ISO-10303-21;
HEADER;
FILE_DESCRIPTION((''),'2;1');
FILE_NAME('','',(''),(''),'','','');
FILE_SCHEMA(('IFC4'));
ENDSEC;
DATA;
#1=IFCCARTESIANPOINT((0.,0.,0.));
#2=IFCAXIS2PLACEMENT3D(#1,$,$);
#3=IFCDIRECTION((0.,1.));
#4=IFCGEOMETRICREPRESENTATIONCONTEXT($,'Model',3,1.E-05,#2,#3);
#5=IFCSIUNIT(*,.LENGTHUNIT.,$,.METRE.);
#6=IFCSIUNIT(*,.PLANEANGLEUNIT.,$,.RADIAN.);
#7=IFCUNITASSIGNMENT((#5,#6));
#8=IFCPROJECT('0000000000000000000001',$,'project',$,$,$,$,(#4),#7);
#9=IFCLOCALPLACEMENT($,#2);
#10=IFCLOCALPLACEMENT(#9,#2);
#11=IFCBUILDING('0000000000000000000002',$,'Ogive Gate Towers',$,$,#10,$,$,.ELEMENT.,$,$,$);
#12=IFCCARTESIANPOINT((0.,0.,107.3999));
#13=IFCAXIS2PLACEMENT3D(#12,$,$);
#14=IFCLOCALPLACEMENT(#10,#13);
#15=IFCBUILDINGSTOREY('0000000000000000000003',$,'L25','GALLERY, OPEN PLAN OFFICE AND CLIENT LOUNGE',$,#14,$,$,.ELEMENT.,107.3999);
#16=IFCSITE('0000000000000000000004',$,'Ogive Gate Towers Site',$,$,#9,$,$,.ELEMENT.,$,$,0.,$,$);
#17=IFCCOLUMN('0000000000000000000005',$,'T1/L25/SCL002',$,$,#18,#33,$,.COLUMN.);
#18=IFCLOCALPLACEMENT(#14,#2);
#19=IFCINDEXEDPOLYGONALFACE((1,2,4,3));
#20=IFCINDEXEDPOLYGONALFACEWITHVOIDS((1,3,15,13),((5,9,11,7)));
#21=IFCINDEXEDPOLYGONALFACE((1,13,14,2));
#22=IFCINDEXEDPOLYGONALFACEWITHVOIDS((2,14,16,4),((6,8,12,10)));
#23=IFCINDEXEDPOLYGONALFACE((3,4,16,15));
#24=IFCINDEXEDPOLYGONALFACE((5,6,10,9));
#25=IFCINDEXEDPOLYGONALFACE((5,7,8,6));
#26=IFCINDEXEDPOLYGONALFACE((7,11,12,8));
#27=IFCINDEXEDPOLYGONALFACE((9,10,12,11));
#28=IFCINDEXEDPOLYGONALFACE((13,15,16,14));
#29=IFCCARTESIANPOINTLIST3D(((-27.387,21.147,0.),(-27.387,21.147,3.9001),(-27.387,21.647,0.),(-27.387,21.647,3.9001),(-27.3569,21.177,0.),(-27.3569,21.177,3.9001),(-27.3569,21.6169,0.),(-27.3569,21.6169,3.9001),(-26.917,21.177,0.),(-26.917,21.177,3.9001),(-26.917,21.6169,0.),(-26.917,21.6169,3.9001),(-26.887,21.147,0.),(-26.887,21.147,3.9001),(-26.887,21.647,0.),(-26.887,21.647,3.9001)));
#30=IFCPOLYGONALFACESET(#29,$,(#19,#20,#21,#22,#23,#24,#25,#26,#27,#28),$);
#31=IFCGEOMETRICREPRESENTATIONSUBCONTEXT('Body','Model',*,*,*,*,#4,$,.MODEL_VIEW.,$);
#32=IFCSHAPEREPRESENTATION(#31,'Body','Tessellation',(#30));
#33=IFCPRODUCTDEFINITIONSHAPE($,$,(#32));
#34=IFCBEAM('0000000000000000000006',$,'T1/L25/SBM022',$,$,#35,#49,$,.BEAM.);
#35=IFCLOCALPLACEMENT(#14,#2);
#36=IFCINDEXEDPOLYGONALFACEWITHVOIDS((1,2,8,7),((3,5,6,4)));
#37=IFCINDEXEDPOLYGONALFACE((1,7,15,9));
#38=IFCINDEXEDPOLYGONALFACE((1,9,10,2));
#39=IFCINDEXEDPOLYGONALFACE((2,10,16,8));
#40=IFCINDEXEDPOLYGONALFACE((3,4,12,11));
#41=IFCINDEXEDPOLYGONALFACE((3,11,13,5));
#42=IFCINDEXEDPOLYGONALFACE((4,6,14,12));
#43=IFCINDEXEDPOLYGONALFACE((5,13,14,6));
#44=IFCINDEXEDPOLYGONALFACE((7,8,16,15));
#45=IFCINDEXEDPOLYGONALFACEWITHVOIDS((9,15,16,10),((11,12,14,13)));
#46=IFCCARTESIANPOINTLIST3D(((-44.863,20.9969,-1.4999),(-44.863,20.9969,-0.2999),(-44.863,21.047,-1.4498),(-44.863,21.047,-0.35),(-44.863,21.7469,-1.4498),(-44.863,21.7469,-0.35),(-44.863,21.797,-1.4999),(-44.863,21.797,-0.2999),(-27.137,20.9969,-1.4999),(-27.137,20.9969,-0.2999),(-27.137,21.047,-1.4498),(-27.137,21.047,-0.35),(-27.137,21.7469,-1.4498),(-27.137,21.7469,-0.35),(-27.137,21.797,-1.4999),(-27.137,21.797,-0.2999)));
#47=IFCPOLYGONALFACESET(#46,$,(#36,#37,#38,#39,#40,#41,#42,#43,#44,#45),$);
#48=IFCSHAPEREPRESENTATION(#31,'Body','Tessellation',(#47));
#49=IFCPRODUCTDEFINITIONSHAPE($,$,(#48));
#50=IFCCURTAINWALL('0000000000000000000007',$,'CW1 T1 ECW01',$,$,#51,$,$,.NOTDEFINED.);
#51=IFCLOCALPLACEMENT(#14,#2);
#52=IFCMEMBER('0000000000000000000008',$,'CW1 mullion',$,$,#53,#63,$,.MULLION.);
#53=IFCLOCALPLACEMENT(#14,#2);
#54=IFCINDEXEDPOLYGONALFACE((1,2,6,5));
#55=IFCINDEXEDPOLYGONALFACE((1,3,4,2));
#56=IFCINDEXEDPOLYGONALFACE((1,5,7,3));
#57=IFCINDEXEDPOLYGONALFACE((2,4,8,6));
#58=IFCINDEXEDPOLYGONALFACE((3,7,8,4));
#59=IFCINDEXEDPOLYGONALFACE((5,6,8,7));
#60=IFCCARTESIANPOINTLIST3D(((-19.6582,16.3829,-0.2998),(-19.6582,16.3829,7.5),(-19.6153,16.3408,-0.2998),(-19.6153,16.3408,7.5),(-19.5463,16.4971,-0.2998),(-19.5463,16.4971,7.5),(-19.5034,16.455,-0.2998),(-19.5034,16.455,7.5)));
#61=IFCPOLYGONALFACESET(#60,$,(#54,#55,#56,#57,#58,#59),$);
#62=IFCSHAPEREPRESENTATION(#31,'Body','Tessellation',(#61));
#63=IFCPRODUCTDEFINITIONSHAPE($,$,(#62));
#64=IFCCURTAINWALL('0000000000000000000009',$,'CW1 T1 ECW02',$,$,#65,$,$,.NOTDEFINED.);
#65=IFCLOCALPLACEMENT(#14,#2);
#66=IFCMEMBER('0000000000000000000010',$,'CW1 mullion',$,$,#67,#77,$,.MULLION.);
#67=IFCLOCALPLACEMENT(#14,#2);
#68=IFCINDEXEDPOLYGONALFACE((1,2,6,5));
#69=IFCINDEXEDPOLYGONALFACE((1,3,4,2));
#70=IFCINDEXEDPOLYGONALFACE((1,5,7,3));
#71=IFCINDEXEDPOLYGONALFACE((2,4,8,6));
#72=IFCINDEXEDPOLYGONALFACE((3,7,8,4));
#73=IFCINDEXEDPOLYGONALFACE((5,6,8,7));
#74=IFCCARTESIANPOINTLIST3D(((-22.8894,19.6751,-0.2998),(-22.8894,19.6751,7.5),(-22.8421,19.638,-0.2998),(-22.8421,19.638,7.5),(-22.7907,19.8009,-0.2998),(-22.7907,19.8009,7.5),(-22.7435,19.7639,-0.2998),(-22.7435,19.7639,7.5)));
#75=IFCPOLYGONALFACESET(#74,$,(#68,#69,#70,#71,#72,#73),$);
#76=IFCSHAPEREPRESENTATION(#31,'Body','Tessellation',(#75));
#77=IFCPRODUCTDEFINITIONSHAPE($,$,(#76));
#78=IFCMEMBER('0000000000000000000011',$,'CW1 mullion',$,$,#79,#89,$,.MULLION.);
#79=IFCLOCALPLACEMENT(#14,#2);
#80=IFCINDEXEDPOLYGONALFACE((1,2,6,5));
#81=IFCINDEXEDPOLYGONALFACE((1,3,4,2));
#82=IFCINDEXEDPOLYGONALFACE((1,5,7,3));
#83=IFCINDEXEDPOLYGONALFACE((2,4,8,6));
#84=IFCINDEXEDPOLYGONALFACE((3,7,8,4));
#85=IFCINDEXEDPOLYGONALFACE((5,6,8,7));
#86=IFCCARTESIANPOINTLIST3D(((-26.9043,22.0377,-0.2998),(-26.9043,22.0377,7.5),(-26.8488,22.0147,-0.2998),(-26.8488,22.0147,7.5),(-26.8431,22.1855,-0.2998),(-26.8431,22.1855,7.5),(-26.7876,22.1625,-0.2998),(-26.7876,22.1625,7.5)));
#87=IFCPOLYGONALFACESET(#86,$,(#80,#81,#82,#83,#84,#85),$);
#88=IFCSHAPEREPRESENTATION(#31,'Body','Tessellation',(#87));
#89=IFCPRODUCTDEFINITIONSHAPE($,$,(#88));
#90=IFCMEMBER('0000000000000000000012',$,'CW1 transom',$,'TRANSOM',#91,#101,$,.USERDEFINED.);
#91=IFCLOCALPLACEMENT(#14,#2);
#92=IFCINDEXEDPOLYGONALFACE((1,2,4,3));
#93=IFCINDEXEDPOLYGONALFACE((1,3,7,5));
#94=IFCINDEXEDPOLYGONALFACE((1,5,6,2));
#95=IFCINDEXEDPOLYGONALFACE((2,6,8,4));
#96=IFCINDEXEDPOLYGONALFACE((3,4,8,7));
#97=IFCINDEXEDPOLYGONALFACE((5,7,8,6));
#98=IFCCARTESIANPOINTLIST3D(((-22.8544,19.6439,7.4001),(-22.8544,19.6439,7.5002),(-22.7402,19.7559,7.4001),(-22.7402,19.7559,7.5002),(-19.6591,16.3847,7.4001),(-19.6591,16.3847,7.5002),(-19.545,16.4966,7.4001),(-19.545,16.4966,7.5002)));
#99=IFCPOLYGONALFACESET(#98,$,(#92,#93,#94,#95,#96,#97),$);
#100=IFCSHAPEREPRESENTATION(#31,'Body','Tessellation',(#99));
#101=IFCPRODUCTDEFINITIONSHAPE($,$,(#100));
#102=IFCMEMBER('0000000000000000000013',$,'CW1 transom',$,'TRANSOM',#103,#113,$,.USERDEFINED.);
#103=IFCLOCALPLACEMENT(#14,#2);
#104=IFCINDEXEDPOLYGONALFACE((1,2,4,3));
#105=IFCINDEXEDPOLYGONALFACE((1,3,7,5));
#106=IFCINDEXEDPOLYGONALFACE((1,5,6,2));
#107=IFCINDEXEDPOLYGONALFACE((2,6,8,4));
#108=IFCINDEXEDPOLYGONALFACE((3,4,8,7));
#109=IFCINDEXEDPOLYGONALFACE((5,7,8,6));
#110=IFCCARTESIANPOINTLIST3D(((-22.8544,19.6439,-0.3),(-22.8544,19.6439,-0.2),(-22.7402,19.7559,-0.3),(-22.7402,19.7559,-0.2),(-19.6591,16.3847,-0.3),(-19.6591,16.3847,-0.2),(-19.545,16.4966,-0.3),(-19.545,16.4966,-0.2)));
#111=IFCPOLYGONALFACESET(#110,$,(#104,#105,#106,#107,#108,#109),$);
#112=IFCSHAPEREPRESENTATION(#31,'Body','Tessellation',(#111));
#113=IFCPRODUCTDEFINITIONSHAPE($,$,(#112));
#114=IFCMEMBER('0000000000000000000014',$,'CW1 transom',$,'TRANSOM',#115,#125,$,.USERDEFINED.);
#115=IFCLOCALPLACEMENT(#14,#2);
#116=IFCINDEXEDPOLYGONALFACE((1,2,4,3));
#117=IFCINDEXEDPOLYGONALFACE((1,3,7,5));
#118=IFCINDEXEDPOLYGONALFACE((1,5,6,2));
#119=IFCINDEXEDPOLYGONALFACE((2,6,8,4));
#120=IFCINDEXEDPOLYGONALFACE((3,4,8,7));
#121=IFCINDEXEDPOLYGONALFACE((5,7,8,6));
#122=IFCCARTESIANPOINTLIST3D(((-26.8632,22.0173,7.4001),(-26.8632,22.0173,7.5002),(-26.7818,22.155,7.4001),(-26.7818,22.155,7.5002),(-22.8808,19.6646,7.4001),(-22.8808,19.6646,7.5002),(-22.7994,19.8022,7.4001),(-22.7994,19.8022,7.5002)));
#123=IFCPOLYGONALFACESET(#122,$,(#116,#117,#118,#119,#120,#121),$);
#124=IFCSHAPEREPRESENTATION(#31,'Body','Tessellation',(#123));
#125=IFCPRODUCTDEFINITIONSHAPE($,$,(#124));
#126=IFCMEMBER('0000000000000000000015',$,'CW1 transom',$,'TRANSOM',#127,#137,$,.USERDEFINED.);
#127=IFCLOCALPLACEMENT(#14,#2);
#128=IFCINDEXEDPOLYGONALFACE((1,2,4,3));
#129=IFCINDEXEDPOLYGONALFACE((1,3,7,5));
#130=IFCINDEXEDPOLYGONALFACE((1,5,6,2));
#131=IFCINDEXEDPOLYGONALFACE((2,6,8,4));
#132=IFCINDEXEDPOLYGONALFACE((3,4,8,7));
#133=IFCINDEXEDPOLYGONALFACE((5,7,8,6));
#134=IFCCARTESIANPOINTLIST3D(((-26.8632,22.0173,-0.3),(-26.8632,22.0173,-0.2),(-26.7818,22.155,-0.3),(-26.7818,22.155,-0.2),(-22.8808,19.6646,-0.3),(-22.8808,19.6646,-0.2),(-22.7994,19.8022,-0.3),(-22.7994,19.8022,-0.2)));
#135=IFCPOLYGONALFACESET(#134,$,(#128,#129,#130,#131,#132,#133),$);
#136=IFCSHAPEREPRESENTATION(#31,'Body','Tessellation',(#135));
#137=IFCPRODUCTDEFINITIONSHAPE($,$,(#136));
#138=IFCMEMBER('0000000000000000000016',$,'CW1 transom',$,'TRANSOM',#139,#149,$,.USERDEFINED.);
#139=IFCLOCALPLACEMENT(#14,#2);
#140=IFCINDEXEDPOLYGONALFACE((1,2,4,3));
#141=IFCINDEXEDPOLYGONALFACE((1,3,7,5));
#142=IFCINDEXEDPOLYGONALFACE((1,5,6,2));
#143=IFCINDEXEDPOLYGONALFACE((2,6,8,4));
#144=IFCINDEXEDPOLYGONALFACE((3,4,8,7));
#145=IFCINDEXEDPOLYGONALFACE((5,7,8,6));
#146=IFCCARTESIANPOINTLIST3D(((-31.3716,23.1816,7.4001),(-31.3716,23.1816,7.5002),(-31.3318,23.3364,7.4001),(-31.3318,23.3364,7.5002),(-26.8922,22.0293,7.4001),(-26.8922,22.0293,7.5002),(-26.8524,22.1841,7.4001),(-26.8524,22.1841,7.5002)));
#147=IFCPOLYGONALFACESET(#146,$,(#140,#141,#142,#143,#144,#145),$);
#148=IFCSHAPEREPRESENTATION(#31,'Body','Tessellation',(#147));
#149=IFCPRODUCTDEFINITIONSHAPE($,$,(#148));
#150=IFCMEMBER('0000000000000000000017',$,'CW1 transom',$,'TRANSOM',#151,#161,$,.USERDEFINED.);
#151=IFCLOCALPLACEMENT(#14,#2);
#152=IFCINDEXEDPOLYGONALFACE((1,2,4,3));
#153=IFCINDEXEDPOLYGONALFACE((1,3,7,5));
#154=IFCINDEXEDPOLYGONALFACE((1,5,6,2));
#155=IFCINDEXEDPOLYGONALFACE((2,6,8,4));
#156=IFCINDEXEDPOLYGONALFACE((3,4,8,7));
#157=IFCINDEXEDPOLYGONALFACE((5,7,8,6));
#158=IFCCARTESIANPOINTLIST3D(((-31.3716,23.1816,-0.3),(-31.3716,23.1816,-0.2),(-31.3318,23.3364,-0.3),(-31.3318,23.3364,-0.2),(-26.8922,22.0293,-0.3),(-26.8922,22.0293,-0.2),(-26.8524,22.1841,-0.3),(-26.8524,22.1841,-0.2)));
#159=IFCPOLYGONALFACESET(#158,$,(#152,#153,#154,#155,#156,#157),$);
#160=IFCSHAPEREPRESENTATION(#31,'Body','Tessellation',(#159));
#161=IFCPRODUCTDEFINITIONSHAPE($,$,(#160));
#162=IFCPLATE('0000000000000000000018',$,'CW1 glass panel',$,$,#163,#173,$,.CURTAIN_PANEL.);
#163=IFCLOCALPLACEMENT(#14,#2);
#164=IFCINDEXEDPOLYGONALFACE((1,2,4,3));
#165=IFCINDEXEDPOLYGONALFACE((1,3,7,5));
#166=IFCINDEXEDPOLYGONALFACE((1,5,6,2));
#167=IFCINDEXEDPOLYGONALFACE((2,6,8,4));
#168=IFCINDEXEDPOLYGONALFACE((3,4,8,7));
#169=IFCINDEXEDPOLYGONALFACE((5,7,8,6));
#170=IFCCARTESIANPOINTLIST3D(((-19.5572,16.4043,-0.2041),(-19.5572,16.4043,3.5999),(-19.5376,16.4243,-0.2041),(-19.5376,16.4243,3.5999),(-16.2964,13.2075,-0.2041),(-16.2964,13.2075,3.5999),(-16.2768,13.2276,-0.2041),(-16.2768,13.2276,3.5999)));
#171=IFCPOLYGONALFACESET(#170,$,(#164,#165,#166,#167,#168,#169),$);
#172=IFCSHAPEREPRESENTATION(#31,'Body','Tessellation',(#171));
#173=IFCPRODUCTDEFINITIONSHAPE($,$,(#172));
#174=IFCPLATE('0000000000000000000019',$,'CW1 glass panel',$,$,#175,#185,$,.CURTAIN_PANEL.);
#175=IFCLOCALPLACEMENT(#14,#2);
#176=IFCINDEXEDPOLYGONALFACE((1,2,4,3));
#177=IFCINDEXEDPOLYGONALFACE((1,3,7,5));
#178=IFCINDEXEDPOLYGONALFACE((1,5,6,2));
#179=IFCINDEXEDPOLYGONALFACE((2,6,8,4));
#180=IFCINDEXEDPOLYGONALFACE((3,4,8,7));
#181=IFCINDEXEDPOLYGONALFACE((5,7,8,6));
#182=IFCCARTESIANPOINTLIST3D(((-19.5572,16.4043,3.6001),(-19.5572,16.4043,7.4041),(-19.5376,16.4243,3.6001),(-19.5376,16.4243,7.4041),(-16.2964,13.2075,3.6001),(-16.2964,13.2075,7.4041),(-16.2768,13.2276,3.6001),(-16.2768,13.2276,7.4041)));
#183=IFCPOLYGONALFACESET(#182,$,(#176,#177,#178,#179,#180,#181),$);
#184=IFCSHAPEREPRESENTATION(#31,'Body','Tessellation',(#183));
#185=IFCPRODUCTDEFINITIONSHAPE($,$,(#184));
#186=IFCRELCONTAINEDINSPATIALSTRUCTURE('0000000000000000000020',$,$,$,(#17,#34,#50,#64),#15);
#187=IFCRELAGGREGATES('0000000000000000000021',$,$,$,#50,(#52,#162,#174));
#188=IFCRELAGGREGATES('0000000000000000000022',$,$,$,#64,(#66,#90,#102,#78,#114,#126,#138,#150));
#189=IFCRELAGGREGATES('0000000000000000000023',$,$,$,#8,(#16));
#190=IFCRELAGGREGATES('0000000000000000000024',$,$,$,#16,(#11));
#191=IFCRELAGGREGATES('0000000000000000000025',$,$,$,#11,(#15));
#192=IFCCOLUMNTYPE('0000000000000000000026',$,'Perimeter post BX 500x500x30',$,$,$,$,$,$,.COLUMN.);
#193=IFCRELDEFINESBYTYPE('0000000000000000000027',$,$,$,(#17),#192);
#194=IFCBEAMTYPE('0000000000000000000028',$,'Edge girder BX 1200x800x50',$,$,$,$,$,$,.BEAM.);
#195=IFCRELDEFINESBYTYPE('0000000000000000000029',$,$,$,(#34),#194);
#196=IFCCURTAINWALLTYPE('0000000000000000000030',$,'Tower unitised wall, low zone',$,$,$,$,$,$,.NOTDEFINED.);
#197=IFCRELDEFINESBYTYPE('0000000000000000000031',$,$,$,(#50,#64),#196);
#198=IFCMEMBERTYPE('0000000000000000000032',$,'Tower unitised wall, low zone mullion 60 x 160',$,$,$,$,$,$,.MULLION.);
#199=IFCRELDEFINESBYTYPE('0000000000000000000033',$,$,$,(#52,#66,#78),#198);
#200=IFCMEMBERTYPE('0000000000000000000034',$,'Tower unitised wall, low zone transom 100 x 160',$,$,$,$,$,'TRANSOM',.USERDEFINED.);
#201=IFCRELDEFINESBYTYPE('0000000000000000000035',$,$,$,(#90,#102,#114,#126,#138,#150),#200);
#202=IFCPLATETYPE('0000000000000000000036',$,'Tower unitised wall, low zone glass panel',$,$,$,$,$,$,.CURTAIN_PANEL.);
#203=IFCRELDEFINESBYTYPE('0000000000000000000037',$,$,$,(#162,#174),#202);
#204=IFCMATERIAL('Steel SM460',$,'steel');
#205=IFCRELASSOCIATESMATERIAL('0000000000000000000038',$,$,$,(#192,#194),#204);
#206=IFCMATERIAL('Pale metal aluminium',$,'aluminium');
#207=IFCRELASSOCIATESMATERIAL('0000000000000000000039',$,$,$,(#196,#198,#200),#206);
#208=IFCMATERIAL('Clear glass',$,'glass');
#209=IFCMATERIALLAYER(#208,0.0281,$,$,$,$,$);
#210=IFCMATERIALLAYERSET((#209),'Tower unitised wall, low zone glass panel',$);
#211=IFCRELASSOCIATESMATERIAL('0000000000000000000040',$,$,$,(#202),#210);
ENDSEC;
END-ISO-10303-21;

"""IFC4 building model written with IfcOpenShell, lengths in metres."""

from ifc_helpers import new_model, si_unit, direction, frame, origin, origin_2d, place, context, subcontext, project, spatial, rectangle, hollow_rectangle, extrude, material, layer, layer_set, material_profile, profile_set, type_object, element, aggregate, save


model = new_model("IFC4")

# Units and contexts
model_context = context("Model", 3, precision=1e-05, world=origin(), true_north=direction((0.0, 1.0)))
body_context = subcontext(model_context, "Body", "Model", "MODEL_VIEW")
ifc_project = project(units=[si_unit("LENGTHUNIT", "METRE"), si_unit("PLANEANGLEUNIT", "RADIAN")], contexts=[model_context])

# Site, building, storey
site_placement = place(None, origin())
site = spatial("IfcSite", under=ifc_project, at=site_placement, Name="Ogive Gate Towers Site", CompositionType="ELEMENT", RefElevation=0.0)
building_placement = place(site_placement, origin())
building = spatial("IfcBuilding", under=site, at=building_placement, Name="Ogive Gate Towers", CompositionType="ELEMENT")
storey_placement = place(building_placement, frame((0.0, 0.0, 107.3999)))
storey = spatial("IfcBuildingStorey", under=building, at=storey_placement, Name="L25", Description="GALLERY, OPEN PLAN OFFICE AND CLIENT LOUNGE", CompositionType="ELEMENT", Elevation=107.3999)

# Column
ifc_material_1 = material(Name="Steel SM460", Category="steel")
ifc_material_profile_1 = material_profile(ifc_material_1, hollow_rectangle(XDim=0.5, YDim=0.5, WallThickness=0.03, at=origin_2d()), Name="BX 500x500x30")
ifc_profile_set_1 = profile_set([ifc_material_profile_1], Name="Steel SM460")
column_type = type_object("IfcColumnType", Name="Perimeter post BX 500x500x30", PredefinedType="COLUMN", material=ifc_profile_set_1)
column_placement = place(storey_placement, frame((-27.137, 21.397, 0.0), z_axis=(0.0, 0.0, 1.0), x_axis=(1.0, 0.0, 0.0)))
element("IfcColumn", 1, at=column_placement, inside=storey, type_object=column_type, Name="T1/L25/SCL002", PredefinedType="COLUMN", context=body_context, shape_type="SweptSolid", body=[
    extrude(hollow_rectangle(XDim=0.5, YDim=0.5, WallThickness=0.03, at=origin_2d()), origin(), (0.0, 0.0, 1.0), 3.9001),
])

# Beam
ifc_material_profile_2 = material_profile(ifc_material_1, hollow_rectangle(XDim=0.8, YDim=1.2, WallThickness=0.05, at=origin_2d()), Name="BX 1200x800x50")
ifc_profile_set_2 = profile_set([ifc_material_profile_2], Name="Steel SM460")
beam_type = type_object("IfcBeamType", Name="Edge girder BX 1200x800x50", PredefinedType="BEAM", material=ifc_profile_set_2)
beam_placement = place(storey_placement, frame((-27.137, 21.397, -0.8999), z_axis=(-1.0, 0.0, 0.0), x_axis=(0.0, -1.0, 0.0)))
element("IfcBeam", 2, at=beam_placement, inside=storey, type_object=beam_type, Name="T1/L25/SBM022", PredefinedType="BEAM", context=body_context, shape_type="SweptSolid", body=[
    extrude(hollow_rectangle(XDim=0.8, YDim=1.2, WallThickness=0.05, at=origin_2d()), origin(), (0.0, 0.0, 1.0), 17.7261),
])

# Curtain wall, member
ifc_material_2 = material(Name="Pale metal aluminium", Category="aluminium")
curtain_wall_type = type_object("IfcCurtainWallType", Name="Tower unitised wall, low zone", PredefinedType="NOTDEFINED", material=ifc_material_2)
curtain_wall_1_placement = place(storey_placement, origin())
curtain_wall_1 = element("IfcCurtainWall", 3, at=curtain_wall_1_placement, inside=storey, type_object=curtain_wall_type, Name="CW1 T1 ECW01", PredefinedType="NOTDEFINED")
ifc_material_profile_3 = material_profile(ifc_material_2, rectangle(XDim=0.1599, YDim=0.0601, at=origin_2d()), Name="60 x 160 aluminium box")
ifc_profile_set_3 = profile_set([ifc_material_profile_3], Name="Pale metal aluminium")
member_type_1 = type_object("IfcMemberType", Name="Tower unitised wall, low zone mullion 60 x 160", PredefinedType="MULLION", material=ifc_profile_set_3)
member_1_placement = place(storey_placement, frame((-19.5808, 16.4189, -0.2998), z_axis=(0.0, 0.0, 1.0), x_axis=(0.700062, 0.714082, 0.0)))
member_1 = element("IfcMember", 4, at=member_1_placement, type_object=member_type_1, Name="CW1 mullion", PredefinedType="MULLION", context=body_context, shape_type="SweptSolid", body=[
    extrude(rectangle(XDim=0.1599, YDim=0.0601, at=origin_2d()), origin(), (0.0, 0.0, 1.0), 7.7998),
])

# Curtain wall, members
curtain_wall_2_placement = place(storey_placement, origin())
curtain_wall_2 = element("IfcCurtainWall", 5, at=curtain_wall_2_placement, inside=storey, type_object=curtain_wall_type, Name="CW1 T1 ECW02", PredefinedType="NOTDEFINED")
member_2_placement = place(storey_placement, frame((-22.8164, 19.7195, -0.2998), z_axis=(0.0, 0.0, 1.0), x_axis=(0.616637, 0.787247, 0.0)))
member_2 = element("IfcMember", 6, at=member_2_placement, type_object=member_type_1, Name="CW1 mullion", PredefinedType="MULLION", context=body_context, shape_type="SweptSolid", body=[
    extrude(rectangle(XDim=0.1599, YDim=0.0601, at=origin_2d()), origin(), (0.0, 0.0, 1.0), 7.7998),
])
member_3_placement = place(storey_placement, frame((-26.8459, 22.1001, -0.2998), z_axis=(0.0, 0.0, 1.0), x_axis=(0.382683, 0.92388, 0.0)))
member_3 = element("IfcMember", 7, at=member_3_placement, type_object=member_type_1, Name="CW1 mullion", PredefinedType="MULLION", context=body_context, shape_type="SweptSolid", body=[
    extrude(rectangle(XDim=0.1599, YDim=0.0601, at=origin_2d()), origin(), (0.0, 0.0, 1.0), 7.7998),
])
ifc_material_profile_4 = material_profile(ifc_material_2, rectangle(XDim=0.1599, YDim=0.1001, at=origin_2d()), Name="100 x 160 aluminium box")
ifc_profile_set_4 = profile_set([ifc_material_profile_4], Name="Pale metal aluminium")
member_type_2 = type_object("IfcMemberType", Name="Tower unitised wall, low zone transom 100 x 160", ElementType="TRANSOM", PredefinedType="USERDEFINED", material=ifc_profile_set_4)
member_4_placement = place(storey_placement, frame((-19.6021, 16.4407, 7.4502), z_axis=(-0.700065, 0.714079, 0.0), x_axis=(-0.714079, -0.700065, 0.0)))
member_4 = element("IfcMember", 8, at=member_4_placement, type_object=member_type_2, Name="CW1 transom", ObjectType="TRANSOM", PredefinedType="USERDEFINED", context=body_context, shape_type="SweptSolid", body=[
    extrude(rectangle(XDim=0.1599, YDim=0.1001, at=origin_2d()), origin(), (0.0, 0.0, 1.0), 4.5642),
])
member_5_placement = place(storey_placement, frame((-19.6021, 16.4407, -0.25), z_axis=(-0.700065, 0.714079, 0.0), x_axis=(-0.714079, -0.700065, 0.0)))
member_5 = element("IfcMember", 9, at=member_5_placement, type_object=member_type_2, Name="CW1 transom", ObjectType="TRANSOM", PredefinedType="USERDEFINED", context=body_context, shape_type="SweptSolid", body=[
    extrude(rectangle(XDim=0.1599, YDim=0.1001, at=origin_2d()), origin(), (0.0, 0.0, 1.0), 4.5642),
])
member_6_placement = place(storey_placement, frame((-22.8401, 19.7334, 7.4502), z_axis=(-0.860971, 0.508655, 0.0), x_axis=(-0.508655, -0.860971, 0.0)))
member_6 = element("IfcMember", 10, at=member_6_placement, type_object=member_type_2, Name="CW1 transom", ObjectType="TRANSOM", PredefinedType="USERDEFINED", context=body_context, shape_type="SweptSolid", body=[
    extrude(rectangle(XDim=0.1599, YDim=0.1001, at=origin_2d()), origin(), (0.0, 0.0, 1.0), 4.6255),
])
member_7_placement = place(storey_placement, frame((-22.8401, 19.7334, -0.25), z_axis=(-0.860971, 0.508655, 0.0), x_axis=(-0.508655, -0.860971, 0.0)))
member_7 = element("IfcMember", 11, at=member_7_placement, type_object=member_type_2, Name="CW1 transom", ObjectType="TRANSOM", PredefinedType="USERDEFINED", context=body_context, shape_type="SweptSolid", body=[
    extrude(rectangle(XDim=0.1599, YDim=0.1001, at=origin_2d()), origin(), (0.0, 0.0, 1.0), 4.6255),
])
member_8_placement = place(storey_placement, frame((-26.8723, 22.1067, 7.4502), z_axis=(-0.968468, 0.249137, 0.0), x_axis=(-0.249137, -0.968468, 0.0)))
member_8 = element("IfcMember", 12, at=member_8_placement, type_object=member_type_2, Name="CW1 transom", ObjectType="TRANSOM", PredefinedType="USERDEFINED", context=body_context, shape_type="SweptSolid", body=[
    extrude(rectangle(XDim=0.1599, YDim=0.1001, at=origin_2d()), origin(), (0.0, 0.0, 1.0), 4.6252),
])
member_9_placement = place(storey_placement, frame((-26.8723, 22.1067, -0.25), z_axis=(-0.968468, 0.249137, 0.0), x_axis=(-0.249137, -0.968468, 0.0)))
member_9 = element("IfcMember", 13, at=member_9_placement, type_object=member_type_2, Name="CW1 transom", ObjectType="TRANSOM", PredefinedType="USERDEFINED", context=body_context, shape_type="SweptSolid", body=[
    extrude(rectangle(XDim=0.1599, YDim=0.1001, at=origin_2d()), origin(), (0.0, 0.0, 1.0), 4.6252),
])

# Plates
ifc_material_3 = material(Name="Clear glass", Category="glass")
ifc_layer_1 = layer(ifc_material_3, 0.0281)
ifc_layer_set_1 = layer_set([ifc_layer_1], Name="Tower unitised wall, low zone glass panel")
plate_type = type_object("IfcPlateType", Name="Tower unitised wall, low zone glass panel", PredefinedType="CURTAIN_PANEL", material=ifc_layer_set_1)
plate_1_placement = place(storey_placement, frame((-17.917, 14.8159, -0.2041), z_axis=(0.0, 0.0, 1.0), x_axis=(-0.714082, 0.700062, 0.0)))
plate_1 = element("IfcPlate", 14, at=plate_1_placement, type_object=plate_type, Name="CW1 glass panel", PredefinedType="CURTAIN_PANEL", context=body_context, shape_type="SweptSolid", body=[
    extrude(rectangle(XDim=4.5664, YDim=0.0281, at=origin_2d()), origin(), (0.0, 0.0, 1.0), 3.804),
])
plate_2_placement = place(storey_placement, frame((-17.917, 14.8159, 3.6001), z_axis=(0.0, 0.0, 1.0), x_axis=(-0.714082, 0.700062, 0.0)))
plate_2 = element("IfcPlate", 15, at=plate_2_placement, type_object=plate_type, Name="CW1 glass panel", PredefinedType="CURTAIN_PANEL", context=body_context, shape_type="SweptSolid", body=[
    extrude(rectangle(XDim=4.5664, YDim=0.0281, at=origin_2d()), origin(), (0.0, 0.0, 1.0), 3.804),
])
aggregate(curtain_wall_1, [member_1, plate_1, plate_2])
aggregate(curtain_wall_2, [member_2, member_4, member_5, member_3, member_6, member_7, member_8, member_9])

save(model, "model.ifc")
